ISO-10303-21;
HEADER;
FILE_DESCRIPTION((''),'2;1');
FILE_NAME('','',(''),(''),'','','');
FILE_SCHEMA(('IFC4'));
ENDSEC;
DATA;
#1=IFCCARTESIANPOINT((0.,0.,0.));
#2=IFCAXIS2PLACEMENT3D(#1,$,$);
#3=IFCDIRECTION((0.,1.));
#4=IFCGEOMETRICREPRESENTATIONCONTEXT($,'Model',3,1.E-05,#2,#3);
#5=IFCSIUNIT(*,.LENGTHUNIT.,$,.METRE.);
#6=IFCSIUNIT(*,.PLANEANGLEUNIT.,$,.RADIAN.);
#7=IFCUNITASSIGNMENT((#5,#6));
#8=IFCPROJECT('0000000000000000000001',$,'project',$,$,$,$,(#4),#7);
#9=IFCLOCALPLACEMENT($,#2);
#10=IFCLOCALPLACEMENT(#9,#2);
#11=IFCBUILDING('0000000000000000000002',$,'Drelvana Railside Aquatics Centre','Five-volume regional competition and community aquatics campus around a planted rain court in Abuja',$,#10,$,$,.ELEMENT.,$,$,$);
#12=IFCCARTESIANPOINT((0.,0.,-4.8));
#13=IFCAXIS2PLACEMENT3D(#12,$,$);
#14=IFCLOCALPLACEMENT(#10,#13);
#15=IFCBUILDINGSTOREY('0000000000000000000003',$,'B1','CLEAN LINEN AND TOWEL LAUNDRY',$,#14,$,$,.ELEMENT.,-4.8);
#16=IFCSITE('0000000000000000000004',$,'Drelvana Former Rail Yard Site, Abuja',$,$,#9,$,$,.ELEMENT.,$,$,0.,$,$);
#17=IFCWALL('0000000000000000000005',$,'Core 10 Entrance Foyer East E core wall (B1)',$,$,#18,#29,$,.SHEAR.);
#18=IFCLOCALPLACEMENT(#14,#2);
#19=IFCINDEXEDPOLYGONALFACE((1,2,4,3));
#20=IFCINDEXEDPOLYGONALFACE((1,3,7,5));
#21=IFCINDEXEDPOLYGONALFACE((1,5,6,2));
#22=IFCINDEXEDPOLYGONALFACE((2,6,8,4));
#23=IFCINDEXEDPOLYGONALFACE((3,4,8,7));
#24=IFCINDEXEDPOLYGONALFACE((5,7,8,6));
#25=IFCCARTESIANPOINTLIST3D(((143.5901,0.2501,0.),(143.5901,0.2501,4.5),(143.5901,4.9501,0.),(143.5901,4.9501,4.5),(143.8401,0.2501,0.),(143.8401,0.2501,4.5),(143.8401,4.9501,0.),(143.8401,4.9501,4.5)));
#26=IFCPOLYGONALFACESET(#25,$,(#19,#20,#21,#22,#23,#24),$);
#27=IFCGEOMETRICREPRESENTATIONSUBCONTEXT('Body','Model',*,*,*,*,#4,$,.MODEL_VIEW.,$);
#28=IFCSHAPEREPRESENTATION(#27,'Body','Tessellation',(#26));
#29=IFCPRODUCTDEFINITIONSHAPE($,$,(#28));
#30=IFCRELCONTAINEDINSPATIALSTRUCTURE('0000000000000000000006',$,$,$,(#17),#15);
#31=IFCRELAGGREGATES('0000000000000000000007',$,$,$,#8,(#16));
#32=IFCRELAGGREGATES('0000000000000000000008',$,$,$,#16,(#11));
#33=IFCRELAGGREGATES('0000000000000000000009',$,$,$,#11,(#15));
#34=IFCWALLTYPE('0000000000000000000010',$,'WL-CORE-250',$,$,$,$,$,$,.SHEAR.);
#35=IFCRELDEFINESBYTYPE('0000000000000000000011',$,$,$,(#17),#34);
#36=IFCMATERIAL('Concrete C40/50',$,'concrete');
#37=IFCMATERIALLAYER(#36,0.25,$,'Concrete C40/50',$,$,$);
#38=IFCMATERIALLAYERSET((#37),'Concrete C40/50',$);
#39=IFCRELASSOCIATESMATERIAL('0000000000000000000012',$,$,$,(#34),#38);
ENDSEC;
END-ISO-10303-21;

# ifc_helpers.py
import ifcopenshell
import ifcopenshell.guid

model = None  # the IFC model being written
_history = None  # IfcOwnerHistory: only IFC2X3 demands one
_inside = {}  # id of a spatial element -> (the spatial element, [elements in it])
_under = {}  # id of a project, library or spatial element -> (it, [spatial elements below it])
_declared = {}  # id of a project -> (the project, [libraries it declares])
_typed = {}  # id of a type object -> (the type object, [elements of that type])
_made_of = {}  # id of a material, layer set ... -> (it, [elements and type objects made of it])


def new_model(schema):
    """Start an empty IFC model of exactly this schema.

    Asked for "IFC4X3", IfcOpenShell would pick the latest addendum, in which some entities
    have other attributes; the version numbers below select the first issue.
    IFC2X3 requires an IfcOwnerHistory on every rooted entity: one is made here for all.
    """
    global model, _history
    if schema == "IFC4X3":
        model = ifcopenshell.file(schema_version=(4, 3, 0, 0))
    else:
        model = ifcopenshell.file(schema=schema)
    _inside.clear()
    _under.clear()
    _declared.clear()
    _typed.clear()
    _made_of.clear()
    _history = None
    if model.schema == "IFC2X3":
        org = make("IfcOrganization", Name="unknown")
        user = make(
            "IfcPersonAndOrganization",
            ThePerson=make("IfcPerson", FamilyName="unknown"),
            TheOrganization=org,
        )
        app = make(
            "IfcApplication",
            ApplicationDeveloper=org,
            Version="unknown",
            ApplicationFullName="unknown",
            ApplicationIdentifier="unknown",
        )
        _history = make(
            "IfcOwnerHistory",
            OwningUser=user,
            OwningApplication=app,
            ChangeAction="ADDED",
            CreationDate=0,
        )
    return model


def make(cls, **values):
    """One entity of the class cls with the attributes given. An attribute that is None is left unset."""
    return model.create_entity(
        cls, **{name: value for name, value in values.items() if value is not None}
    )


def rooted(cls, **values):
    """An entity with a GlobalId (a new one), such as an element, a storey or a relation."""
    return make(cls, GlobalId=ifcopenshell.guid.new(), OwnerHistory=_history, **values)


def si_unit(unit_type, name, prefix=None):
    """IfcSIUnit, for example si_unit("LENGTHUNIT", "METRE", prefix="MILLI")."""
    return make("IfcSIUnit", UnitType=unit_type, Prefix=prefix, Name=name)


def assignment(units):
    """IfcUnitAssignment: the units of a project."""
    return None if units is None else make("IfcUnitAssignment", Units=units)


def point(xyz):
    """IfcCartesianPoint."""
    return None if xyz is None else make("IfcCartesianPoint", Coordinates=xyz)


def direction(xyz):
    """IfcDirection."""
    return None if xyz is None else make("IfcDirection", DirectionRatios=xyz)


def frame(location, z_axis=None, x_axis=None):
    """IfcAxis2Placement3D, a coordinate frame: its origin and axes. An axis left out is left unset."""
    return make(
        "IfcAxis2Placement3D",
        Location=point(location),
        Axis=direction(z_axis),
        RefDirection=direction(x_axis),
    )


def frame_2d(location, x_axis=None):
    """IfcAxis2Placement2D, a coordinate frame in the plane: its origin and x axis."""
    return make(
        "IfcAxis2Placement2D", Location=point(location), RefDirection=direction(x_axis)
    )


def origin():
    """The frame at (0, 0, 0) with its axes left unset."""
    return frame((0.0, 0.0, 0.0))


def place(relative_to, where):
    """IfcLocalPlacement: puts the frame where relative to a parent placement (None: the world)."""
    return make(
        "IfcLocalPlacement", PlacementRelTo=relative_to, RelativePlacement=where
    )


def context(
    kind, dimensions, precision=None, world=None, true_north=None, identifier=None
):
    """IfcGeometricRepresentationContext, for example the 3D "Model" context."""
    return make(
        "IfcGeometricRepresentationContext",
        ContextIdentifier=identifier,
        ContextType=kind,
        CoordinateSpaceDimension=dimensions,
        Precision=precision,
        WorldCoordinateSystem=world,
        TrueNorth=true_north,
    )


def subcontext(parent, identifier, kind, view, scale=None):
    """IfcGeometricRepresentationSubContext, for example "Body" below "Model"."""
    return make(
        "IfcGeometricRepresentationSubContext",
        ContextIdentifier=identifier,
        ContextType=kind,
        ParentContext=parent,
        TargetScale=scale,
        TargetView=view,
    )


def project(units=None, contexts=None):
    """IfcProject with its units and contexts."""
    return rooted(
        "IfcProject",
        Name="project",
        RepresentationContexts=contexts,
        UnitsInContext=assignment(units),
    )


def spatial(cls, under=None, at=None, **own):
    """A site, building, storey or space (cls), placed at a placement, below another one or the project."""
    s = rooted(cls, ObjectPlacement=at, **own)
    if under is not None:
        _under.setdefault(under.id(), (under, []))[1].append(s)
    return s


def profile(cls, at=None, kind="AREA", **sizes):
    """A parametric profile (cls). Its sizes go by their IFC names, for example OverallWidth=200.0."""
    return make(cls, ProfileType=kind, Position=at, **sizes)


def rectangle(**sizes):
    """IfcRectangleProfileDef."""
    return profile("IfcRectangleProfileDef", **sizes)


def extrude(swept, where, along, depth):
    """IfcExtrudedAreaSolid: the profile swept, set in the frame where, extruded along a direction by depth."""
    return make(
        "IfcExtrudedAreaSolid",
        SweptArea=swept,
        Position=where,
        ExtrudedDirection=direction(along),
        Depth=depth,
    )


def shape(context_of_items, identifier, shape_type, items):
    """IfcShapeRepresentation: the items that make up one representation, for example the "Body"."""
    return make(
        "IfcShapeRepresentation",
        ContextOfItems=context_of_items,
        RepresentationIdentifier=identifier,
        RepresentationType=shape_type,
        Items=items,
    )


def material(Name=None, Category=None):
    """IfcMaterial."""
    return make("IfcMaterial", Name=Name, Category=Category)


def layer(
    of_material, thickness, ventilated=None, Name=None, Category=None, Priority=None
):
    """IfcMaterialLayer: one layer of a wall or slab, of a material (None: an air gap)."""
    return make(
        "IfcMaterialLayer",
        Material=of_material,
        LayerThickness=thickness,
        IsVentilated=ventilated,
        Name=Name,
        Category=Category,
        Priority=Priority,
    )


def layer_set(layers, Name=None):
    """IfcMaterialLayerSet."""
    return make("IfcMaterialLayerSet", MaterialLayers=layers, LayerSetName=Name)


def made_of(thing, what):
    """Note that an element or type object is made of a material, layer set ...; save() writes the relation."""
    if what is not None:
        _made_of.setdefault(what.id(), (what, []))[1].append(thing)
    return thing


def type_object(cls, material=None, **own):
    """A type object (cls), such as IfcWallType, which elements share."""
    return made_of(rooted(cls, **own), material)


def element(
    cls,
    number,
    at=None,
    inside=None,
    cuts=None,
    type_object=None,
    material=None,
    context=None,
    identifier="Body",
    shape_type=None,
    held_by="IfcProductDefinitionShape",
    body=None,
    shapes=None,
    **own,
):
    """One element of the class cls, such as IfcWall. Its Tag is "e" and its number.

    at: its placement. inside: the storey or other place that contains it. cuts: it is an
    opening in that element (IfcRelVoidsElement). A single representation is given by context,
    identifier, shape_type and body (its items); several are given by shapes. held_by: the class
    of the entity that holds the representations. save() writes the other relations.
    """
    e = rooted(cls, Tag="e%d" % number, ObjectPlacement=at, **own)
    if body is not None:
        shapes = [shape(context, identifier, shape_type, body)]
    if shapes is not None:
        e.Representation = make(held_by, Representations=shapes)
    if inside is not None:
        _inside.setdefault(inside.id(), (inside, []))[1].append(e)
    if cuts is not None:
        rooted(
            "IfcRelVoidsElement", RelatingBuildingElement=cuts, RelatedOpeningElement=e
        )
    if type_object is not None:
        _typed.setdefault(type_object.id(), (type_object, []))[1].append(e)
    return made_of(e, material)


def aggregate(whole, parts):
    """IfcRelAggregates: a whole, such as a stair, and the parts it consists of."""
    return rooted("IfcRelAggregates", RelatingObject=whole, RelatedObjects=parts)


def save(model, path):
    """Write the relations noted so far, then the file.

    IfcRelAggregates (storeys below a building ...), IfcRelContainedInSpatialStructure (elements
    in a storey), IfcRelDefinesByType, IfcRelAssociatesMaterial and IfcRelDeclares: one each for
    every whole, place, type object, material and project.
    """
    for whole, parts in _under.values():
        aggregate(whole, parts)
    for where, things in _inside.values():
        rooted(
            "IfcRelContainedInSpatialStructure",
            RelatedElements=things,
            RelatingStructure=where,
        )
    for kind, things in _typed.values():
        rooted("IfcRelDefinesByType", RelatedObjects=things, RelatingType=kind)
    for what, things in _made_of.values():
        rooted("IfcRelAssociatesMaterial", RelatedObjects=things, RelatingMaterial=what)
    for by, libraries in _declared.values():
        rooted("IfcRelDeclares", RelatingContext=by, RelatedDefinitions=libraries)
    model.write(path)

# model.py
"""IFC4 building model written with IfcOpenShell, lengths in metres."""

from ifc_helpers import new_model, si_unit, direction, frame, frame_2d, origin, place, context, subcontext, project, spatial, rectangle, extrude, material, layer, layer_set, type_object, element, save


model = new_model("IFC4")

# Units and contexts
model_context = context("Model", 3, precision=1e-05, world=origin(), true_north=direction((0.0, 1.0)))
body_context = subcontext(model_context, "Body", "Model", "MODEL_VIEW")
ifc_project = project(units=[si_unit("LENGTHUNIT", "METRE"), si_unit("PLANEANGLEUNIT", "RADIAN")], contexts=[model_context])

# Site, building, storey
site_placement = place(None, origin())
site = spatial("IfcSite", under=ifc_project, at=site_placement, Name="Drelvana Former Rail Yard Site, Abuja", CompositionType="ELEMENT", RefElevation=0.0)
building_placement = place(site_placement, origin())
building = spatial("IfcBuilding", under=site, at=building_placement, Name="Drelvana Railside Aquatics Centre", Description="Five-volume regional competition and community aquatics campus around a planted rain court in Abuja", CompositionType="ELEMENT")
storey_placement = place(building_placement, frame((0.0, 0.0, -4.8)))
storey = spatial("IfcBuildingStorey", under=building, at=storey_placement, Name="B1", Description="CLEAN LINEN AND TOWEL LAUNDRY", CompositionType="ELEMENT", Elevation=-4.8)

# Shared definitions
ifc_material_1 = material(Name="Concrete C40/50", Category="concrete")

# Wall
ifc_layer_1 = layer(ifc_material_1, 0.25, Name="Concrete C40/50")
ifc_layer_set_1 = layer_set([ifc_layer_1], Name="Concrete C40/50")
wall_type_1 = type_object("IfcWallType", Name="WL-CORE-250", PredefinedType="SHEAR", material=ifc_layer_set_1)
for number, where, z_axis, x_axis, name in (
    (1, (143.7151, 0.25, 0.0), (0.0, 0.0, 1.0), (0.0, 1.0, 0.0), "Core 10 Entrance Foyer East E core wall (B1)"),
):
    element("IfcWall", number, at=place(storey_placement, frame(where, z_axis=z_axis, x_axis=x_axis)), inside=storey, type_object=wall_type_1, Name=name, PredefinedType="SHEAR", context=body_context, shape_type="SweptSolid", body=[
        extrude(rectangle(XDim=4.7, YDim=0.25, at=frame_2d((2.3501, 0.0))), origin(), (0.0, 0.0, 1.0), 4.5),
    ])

save(model, "model.ifc")
